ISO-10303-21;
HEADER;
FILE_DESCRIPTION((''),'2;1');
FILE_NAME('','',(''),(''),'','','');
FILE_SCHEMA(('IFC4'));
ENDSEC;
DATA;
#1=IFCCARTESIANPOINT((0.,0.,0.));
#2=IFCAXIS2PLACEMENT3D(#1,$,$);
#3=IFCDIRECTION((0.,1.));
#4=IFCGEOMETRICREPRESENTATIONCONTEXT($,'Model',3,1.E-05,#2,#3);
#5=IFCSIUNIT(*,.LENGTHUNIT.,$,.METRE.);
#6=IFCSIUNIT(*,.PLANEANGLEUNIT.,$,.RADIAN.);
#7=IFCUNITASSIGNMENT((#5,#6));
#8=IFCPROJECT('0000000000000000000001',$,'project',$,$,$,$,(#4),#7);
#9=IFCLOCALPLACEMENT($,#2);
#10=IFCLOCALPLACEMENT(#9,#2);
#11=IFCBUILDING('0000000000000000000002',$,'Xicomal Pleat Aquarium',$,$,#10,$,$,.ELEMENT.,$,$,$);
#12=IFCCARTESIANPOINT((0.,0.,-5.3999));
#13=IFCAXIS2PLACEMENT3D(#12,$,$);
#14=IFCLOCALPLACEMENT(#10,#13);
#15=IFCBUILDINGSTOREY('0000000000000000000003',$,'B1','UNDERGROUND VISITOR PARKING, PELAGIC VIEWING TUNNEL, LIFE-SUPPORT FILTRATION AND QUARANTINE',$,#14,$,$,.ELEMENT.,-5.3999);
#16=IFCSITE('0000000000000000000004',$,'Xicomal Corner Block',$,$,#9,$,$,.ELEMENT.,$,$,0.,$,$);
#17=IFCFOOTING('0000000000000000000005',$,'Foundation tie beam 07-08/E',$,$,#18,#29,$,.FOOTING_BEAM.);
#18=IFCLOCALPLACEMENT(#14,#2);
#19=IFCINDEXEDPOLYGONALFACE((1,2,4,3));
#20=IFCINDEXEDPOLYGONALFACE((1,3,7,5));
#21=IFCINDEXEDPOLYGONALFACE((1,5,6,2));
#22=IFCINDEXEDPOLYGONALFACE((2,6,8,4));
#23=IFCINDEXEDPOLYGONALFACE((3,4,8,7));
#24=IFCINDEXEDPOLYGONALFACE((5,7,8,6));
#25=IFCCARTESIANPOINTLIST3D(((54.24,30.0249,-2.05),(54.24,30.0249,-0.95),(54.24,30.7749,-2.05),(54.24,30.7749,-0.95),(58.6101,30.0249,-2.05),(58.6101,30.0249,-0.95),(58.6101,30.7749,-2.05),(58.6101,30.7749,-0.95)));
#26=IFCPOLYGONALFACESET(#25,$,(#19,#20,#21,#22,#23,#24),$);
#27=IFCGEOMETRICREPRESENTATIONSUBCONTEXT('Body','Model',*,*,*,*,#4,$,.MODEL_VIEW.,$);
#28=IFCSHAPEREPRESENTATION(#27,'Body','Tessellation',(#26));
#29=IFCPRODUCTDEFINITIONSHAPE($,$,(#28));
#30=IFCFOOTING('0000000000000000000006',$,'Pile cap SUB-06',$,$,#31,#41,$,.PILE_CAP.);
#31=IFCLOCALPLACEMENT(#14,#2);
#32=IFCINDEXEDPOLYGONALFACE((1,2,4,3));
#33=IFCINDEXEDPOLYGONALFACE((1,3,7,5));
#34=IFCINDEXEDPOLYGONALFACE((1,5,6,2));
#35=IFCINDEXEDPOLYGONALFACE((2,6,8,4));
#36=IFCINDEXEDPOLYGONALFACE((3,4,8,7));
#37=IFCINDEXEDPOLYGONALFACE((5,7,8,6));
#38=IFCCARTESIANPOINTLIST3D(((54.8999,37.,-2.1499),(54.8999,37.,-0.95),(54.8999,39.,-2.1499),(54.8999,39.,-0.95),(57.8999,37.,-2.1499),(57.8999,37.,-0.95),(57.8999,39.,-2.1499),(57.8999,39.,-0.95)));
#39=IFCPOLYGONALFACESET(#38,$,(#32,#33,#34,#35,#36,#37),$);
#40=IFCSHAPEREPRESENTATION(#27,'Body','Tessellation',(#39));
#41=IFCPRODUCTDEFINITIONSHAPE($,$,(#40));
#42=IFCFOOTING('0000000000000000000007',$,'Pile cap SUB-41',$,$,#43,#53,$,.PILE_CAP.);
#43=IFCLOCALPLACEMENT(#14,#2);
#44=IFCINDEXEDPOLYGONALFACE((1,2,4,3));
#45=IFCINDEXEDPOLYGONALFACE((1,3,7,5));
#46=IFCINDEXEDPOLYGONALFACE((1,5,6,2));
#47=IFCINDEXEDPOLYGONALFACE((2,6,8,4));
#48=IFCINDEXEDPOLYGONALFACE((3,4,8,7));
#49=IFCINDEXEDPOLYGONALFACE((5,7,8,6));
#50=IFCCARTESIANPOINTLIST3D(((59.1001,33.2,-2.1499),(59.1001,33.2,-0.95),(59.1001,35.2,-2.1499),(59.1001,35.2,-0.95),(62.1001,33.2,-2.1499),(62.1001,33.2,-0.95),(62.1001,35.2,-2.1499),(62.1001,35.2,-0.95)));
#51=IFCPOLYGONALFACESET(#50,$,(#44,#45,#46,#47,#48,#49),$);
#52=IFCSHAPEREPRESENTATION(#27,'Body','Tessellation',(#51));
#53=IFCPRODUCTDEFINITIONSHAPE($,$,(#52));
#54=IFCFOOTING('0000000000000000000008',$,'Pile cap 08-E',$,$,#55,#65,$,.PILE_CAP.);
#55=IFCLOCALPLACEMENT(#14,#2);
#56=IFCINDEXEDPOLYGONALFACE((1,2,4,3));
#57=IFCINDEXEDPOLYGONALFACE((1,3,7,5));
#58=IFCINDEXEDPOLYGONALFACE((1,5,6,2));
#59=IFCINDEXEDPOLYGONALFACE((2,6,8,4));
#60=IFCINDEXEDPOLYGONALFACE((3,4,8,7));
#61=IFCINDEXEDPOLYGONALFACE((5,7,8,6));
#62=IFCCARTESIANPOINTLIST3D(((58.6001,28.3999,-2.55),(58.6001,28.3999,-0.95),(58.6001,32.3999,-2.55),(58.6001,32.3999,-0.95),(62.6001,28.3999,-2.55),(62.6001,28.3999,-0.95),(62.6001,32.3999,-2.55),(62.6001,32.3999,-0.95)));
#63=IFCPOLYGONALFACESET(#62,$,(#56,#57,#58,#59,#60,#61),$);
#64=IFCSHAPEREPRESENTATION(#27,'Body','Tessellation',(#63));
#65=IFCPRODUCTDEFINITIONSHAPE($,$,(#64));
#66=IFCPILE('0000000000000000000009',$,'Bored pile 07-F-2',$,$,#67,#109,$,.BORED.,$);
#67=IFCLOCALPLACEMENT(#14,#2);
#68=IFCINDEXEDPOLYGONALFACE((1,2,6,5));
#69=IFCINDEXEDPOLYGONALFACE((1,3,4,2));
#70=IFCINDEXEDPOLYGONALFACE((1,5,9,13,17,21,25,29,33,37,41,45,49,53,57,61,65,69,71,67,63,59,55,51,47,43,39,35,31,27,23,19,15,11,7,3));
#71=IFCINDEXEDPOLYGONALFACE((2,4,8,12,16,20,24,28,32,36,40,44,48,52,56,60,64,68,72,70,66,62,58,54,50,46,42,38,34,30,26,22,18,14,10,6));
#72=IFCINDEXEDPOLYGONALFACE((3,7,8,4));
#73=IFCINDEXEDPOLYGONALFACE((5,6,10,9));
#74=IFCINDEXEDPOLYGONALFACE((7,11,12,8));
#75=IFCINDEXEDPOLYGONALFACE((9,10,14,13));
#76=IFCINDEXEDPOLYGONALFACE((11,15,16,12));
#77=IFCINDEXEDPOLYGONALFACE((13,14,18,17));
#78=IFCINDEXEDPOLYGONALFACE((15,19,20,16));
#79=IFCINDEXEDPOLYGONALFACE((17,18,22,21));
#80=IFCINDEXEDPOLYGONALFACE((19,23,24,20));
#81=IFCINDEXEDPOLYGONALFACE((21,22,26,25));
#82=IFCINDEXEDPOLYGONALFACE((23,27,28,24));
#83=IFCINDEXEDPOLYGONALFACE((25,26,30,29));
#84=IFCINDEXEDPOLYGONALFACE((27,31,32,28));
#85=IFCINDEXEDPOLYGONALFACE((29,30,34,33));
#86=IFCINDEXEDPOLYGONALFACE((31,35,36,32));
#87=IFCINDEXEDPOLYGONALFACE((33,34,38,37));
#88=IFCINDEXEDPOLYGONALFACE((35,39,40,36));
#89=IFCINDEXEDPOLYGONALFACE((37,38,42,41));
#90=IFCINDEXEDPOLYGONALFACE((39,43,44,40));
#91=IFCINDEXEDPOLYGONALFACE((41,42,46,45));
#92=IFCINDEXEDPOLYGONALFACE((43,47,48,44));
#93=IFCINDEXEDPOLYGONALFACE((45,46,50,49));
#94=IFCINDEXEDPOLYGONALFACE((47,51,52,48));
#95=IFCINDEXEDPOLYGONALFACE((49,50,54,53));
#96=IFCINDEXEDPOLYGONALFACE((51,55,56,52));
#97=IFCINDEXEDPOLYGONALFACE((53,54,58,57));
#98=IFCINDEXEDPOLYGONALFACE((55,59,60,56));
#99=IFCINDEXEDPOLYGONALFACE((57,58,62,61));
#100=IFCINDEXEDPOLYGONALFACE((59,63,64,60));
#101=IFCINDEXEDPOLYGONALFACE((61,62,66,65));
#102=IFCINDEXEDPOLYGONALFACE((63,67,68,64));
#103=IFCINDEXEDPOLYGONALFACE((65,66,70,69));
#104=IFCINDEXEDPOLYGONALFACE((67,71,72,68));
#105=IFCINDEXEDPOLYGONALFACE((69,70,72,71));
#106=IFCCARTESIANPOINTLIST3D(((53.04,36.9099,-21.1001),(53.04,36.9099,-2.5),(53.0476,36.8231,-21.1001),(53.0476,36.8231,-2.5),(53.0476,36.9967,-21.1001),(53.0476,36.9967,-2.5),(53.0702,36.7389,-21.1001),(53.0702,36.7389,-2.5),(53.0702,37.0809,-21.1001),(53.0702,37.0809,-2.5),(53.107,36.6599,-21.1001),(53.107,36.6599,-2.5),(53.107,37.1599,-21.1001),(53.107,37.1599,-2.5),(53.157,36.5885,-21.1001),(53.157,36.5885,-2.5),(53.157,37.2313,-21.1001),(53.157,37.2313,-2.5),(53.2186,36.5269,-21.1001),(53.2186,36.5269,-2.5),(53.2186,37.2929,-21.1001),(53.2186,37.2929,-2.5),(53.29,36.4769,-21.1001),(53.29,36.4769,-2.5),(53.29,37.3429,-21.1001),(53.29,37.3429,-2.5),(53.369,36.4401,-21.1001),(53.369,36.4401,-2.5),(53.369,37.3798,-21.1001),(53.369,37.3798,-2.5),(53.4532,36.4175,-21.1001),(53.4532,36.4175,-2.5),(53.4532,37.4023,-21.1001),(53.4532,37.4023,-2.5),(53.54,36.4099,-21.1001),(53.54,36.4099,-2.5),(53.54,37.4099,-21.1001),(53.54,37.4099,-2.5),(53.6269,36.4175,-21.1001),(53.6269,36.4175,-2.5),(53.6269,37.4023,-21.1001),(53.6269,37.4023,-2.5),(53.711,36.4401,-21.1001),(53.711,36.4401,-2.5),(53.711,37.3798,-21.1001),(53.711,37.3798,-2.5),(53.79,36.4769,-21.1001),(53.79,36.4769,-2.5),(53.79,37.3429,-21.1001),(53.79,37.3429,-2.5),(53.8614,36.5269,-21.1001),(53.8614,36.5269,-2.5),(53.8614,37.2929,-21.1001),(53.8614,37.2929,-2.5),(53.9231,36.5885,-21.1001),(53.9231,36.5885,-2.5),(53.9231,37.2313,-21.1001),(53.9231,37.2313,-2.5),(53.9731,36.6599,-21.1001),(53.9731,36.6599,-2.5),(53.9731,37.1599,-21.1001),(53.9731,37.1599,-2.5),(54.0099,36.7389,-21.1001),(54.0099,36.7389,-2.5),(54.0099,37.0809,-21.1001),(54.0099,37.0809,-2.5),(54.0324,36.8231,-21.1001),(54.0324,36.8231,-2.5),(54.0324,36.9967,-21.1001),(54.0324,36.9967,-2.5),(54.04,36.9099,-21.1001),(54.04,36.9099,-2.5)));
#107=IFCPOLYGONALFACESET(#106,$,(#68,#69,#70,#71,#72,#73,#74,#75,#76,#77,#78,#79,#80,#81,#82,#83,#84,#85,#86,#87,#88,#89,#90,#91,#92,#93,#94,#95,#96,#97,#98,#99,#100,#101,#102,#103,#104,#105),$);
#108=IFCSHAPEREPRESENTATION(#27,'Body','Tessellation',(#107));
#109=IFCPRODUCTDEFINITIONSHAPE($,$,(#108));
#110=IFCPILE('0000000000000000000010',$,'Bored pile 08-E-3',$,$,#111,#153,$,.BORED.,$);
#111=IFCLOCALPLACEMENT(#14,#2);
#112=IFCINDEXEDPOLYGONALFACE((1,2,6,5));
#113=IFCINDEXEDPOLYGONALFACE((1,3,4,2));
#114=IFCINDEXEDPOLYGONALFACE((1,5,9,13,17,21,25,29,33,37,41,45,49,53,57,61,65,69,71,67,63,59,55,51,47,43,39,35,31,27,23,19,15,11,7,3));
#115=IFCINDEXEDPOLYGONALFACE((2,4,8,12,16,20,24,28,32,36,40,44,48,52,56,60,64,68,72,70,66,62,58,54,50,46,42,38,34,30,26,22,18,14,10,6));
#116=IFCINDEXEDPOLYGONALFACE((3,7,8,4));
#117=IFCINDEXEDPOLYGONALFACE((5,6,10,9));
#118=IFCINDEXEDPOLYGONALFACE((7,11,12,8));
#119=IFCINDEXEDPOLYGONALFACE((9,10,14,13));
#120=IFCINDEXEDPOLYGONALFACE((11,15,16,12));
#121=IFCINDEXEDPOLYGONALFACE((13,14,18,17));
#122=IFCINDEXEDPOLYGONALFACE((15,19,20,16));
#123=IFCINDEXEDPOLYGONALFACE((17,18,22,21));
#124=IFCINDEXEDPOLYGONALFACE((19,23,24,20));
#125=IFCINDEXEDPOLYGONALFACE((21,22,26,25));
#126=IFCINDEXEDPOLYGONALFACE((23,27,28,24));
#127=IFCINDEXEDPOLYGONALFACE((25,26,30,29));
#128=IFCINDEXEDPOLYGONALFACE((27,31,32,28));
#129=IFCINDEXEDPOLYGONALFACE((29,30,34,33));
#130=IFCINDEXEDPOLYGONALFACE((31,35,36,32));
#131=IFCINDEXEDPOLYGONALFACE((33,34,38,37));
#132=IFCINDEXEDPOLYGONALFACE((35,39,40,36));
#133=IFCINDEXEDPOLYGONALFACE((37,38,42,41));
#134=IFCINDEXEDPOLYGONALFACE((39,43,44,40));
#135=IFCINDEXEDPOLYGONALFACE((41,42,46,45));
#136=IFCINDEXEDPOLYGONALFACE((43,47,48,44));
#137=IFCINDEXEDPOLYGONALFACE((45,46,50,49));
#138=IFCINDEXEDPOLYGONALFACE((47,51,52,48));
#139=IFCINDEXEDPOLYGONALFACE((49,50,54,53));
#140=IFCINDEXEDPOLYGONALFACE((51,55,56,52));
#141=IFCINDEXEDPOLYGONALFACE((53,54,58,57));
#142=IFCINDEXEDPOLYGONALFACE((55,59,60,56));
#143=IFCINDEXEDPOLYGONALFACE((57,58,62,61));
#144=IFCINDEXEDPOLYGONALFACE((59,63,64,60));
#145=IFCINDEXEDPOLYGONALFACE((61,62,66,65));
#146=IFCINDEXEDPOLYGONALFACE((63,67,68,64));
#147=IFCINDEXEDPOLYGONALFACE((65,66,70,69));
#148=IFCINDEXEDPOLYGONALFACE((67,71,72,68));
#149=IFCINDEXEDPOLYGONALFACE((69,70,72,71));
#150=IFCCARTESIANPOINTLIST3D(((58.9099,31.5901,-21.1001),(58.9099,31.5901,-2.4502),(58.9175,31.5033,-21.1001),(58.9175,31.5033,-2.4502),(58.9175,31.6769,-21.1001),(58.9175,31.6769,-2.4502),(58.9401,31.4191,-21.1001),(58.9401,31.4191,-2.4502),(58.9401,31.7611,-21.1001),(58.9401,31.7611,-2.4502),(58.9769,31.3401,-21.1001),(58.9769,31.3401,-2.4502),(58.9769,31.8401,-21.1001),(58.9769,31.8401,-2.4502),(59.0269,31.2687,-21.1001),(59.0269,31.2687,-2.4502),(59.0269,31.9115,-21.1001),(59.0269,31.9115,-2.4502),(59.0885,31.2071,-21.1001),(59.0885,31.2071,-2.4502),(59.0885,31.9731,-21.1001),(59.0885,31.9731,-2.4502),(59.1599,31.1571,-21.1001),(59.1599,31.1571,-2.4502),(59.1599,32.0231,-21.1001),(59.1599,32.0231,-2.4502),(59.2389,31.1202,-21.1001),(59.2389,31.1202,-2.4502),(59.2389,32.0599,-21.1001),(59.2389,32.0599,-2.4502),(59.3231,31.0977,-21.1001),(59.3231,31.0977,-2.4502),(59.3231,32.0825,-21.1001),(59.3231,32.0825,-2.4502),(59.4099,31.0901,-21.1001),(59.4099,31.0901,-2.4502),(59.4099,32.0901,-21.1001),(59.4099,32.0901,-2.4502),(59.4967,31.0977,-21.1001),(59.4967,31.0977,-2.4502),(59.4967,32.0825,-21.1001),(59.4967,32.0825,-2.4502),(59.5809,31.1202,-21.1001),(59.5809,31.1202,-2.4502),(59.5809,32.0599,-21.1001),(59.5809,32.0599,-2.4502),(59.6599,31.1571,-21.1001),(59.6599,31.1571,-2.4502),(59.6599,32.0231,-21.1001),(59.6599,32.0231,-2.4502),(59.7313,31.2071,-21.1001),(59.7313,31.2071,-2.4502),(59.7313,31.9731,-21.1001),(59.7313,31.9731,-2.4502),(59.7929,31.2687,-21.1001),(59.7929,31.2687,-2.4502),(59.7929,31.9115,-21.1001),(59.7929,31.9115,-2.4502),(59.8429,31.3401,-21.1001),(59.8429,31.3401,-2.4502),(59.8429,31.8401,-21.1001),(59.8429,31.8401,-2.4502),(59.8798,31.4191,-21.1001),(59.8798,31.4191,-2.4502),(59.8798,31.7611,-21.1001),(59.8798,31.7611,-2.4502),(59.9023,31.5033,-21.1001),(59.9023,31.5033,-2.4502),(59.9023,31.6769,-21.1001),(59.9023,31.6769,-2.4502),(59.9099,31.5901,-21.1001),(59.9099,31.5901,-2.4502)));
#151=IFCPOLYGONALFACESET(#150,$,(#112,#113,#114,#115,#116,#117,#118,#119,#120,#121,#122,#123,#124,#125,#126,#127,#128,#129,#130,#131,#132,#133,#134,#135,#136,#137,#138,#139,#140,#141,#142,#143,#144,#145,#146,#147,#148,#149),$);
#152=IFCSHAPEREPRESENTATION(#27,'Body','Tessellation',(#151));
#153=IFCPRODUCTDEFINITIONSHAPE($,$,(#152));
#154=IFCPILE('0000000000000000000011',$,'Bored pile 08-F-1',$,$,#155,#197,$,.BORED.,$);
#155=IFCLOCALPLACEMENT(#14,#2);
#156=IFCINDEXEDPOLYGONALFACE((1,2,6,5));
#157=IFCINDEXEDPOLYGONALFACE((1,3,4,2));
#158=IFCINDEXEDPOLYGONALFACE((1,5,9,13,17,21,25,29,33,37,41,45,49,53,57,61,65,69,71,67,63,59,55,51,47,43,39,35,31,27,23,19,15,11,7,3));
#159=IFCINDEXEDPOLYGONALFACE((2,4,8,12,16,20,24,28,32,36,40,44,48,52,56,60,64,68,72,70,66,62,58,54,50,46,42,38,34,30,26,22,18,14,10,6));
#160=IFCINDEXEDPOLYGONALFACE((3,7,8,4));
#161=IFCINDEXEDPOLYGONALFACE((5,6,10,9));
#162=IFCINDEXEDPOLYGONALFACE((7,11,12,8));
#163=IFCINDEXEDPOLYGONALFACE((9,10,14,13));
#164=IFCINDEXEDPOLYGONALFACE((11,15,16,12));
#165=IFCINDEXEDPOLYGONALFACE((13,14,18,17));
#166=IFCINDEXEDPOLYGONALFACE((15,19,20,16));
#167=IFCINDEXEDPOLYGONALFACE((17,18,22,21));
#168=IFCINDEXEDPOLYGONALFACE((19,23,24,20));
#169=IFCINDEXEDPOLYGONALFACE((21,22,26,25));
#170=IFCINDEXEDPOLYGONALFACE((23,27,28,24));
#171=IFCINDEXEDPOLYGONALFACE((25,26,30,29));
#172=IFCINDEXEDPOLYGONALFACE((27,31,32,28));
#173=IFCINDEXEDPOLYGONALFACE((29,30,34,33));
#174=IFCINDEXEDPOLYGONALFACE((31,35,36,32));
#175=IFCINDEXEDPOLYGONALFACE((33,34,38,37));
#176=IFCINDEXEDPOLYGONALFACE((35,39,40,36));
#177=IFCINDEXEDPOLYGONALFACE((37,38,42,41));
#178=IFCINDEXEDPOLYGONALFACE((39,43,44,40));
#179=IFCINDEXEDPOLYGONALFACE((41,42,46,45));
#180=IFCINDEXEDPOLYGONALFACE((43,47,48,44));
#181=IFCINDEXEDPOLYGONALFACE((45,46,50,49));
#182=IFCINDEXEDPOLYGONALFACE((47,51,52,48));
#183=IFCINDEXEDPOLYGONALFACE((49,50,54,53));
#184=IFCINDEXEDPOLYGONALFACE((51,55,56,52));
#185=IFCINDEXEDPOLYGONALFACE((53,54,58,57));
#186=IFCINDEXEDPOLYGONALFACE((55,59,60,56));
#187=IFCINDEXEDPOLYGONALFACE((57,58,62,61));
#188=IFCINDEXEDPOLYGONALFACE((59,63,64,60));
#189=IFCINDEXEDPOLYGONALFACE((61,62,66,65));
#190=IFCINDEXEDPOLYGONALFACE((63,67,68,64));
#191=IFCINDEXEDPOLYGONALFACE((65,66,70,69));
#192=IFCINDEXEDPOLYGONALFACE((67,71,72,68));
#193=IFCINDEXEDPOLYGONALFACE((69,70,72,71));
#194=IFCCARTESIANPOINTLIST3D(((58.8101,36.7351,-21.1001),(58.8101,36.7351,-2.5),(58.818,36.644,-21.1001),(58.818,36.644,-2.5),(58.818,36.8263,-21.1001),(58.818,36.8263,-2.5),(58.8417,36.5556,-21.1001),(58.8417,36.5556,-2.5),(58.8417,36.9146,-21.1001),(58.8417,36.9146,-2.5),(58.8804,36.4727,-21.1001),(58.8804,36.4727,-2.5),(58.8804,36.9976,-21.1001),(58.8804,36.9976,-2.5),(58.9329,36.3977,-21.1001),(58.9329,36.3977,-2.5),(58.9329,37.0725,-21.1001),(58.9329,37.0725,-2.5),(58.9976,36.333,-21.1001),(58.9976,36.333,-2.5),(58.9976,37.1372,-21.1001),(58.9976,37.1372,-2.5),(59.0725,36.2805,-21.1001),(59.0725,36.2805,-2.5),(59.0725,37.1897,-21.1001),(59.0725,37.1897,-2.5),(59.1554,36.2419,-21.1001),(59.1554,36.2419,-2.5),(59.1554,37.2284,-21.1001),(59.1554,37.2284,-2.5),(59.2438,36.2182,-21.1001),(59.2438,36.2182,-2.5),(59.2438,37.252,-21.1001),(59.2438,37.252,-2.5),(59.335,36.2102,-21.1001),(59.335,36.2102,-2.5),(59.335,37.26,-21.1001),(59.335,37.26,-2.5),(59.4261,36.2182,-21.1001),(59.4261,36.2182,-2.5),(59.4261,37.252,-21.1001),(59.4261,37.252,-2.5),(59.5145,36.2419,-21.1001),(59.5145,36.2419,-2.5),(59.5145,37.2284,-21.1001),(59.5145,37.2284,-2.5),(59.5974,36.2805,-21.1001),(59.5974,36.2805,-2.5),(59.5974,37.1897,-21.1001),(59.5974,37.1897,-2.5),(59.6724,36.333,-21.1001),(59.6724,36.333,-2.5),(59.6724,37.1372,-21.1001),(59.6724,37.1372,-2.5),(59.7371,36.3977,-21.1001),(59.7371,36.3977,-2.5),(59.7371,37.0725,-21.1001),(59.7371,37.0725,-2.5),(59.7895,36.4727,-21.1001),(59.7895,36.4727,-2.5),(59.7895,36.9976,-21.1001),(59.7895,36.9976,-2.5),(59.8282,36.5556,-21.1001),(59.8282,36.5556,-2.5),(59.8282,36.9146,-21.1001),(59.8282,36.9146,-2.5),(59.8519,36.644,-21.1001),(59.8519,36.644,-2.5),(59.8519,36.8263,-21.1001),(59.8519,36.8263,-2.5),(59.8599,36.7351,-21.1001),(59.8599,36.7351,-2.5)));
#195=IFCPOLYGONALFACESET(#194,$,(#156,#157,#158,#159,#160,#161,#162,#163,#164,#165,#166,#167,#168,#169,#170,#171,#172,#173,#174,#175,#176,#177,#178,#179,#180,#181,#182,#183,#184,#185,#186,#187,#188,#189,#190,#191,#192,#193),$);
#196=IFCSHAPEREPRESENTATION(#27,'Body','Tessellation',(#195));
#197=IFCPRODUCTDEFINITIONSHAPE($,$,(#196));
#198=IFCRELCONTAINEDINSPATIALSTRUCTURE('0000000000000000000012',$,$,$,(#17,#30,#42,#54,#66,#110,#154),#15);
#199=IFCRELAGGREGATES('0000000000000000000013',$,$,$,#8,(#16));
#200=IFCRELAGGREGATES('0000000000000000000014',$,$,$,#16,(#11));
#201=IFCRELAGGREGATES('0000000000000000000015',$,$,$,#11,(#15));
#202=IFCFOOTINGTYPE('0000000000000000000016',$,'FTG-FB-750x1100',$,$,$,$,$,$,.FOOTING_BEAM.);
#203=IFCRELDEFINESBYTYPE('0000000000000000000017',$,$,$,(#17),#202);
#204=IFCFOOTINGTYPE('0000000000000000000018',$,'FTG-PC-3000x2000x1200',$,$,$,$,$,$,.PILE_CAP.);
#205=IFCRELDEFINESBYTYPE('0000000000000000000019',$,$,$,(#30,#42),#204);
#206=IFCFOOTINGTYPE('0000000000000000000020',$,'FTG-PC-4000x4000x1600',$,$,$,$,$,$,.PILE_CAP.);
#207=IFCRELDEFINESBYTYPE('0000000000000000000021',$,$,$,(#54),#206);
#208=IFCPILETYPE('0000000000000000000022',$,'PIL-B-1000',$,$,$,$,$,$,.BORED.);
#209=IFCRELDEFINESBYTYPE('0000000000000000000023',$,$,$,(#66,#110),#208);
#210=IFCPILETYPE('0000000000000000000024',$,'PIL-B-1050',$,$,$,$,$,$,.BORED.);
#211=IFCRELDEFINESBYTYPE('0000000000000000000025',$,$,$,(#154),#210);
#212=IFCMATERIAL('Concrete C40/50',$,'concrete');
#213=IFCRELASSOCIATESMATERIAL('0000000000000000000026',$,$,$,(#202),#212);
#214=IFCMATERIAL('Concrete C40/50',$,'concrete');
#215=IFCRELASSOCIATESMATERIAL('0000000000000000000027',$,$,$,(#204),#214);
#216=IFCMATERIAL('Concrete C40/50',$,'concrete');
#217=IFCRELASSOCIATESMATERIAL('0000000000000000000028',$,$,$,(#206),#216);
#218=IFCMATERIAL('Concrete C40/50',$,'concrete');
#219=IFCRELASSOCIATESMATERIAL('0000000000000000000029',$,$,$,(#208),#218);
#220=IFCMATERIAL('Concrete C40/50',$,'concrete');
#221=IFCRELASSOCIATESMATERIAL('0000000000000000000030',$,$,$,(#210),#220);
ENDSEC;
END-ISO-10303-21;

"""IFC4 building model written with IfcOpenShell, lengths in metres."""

from ifc_helpers import new_model, si_unit, direction, frame, origin, origin_2d, place, context, subcontext, project, spatial, rectangle, circle, extrude, material, material_profile, profile_set, type_object, element, save


model = new_model("IFC4")

# Units and contexts
model_context = context("Model", 3, precision=1e-05, world=origin(), true_north=direction((0.0, 1.0)))
body_context = subcontext(model_context, "Body", "Model", "MODEL_VIEW")
ifc_project = project(units=[si_unit("LENGTHUNIT", "METRE"), si_unit("PLANEANGLEUNIT", "RADIAN")], contexts=[model_context])

# Site, building, storey
site_placement = place(None, origin())
site = spatial("IfcSite", under=ifc_project, at=site_placement, Name="Xicomal Corner Block", CompositionType="ELEMENT", RefElevation=0.0)
building_placement = place(site_placement, origin())
building = spatial("IfcBuilding", under=site, at=building_placement, Name="Xicomal Pleat Aquarium", CompositionType="ELEMENT")
storey_placement = place(building_placement, frame((0.0, 0.0, -5.3999)))
storey = spatial("IfcBuildingStorey", under=building, at=storey_placement, Name="B1", Description="UNDERGROUND VISITOR PARKING, PELAGIC VIEWING TUNNEL, LIFE-SUPPORT FILTRATION AND QUARANTINE", CompositionType="ELEMENT", Elevation=-5.3999)

# Footings
ifc_material_1 = material(Name="Concrete C40/50", Category="concrete")
ifc_material_profile_1 = material_profile(ifc_material_1, rectangle(XDim=0.75, YDim=1.1001, at=origin_2d()), Name="FB-04 750x1100")
ifc_profile_set_1 = profile_set([ifc_material_profile_1], Name="Concrete C40/50")
footing_type_1 = type_object("IfcFootingType", Name="FTG-FB-750x1100", PredefinedType="FOOTING_BEAM", material=ifc_profile_set_1)
footing_1_placement = place(storey_placement, frame((54.24, 30.3999, -1.5), z_axis=(1.0, 0.0, 0.0), x_axis=(0.0, 1.0, 0.0)))
element("IfcFooting", 1, at=footing_1_placement, inside=storey, type_object=footing_type_1, Name="Foundation tie beam 07-08/E", PredefinedType="FOOTING_BEAM", context=body_context, shape_type="SweptSolid", body=[
    extrude(rectangle(XDim=0.75, YDim=1.1001, at=origin_2d()), origin(), (0.0, 0.0, 1.0), 4.3701),
])
ifc_material_2 = material(Name="Concrete C40/50", Category="concrete")
footing_type_2 = type_object("IfcFootingType", Name="FTG-PC-3000x2000x1200", PredefinedType="PILE_CAP", material=ifc_material_2)
for number, where, z_axis, x_axis, name in (
    (2, (56.3999, 38.0, -2.1499), (0.0, 0.0, 1.0), (1.0, 0.0, 0.0), "Pile cap SUB-06"),
    (3, (60.6001, 34.2, -2.1499), (0.0, 0.0, 1.0), (1.0, 0.0, 0.0), "Pile cap SUB-41"),
):
    element("IfcFooting", number, at=place(storey_placement, frame(where, z_axis=z_axis, x_axis=x_axis)), inside=storey, type_object=footing_type_2, Name=name, PredefinedType="PILE_CAP", context=body_context, shape_type="SweptSolid", body=[
        extrude(rectangle(XDim=3.0, YDim=2.0, at=origin_2d()), origin(), (0.0, 0.0, 1.0), 1.2),
    ])
ifc_material_3 = material(Name="Concrete C40/50", Category="concrete")
footing_type_3 = type_object("IfcFootingType", Name="FTG-PC-4000x4000x1600", PredefinedType="PILE_CAP", material=ifc_material_3)
footing_2_placement = place(storey_placement, frame((60.6001, 30.3999, -2.55), z_axis=(0.0, 0.0, 1.0), x_axis=(1.0, 0.0, 0.0)))
element("IfcFooting", 4, at=footing_2_placement, inside=storey, type_object=footing_type_3, Name="Pile cap 08-E", PredefinedType="PILE_CAP", context=body_context, shape_type="SweptSolid", body=[
    extrude(rectangle(XDim=4.0, YDim=4.0, at=origin_2d()), origin(), (0.0, 0.0, 1.0), 1.6001),
])

# Piles
ifc_material_4 = material(Name="Concrete C40/50", Category="concrete")
ifc_material_profile_2 = material_profile(ifc_material_4, circle(Radius=0.5, at=origin_2d()), Name="BORED PILE D1000")
ifc_profile_set_2 = profile_set([ifc_material_profile_2], Name="Concrete C40/50")
pile_type_1 = type_object("IfcPileType", Name="PIL-B-1000", PredefinedType="BORED", material=ifc_profile_set_2)
pile_1_placement = place(storey_placement, frame((53.54, 36.9099, -2.5), z_axis=(0.0, 0.0, -1.0), x_axis=(1.0, 0.0, 0.0)))
element("IfcPile", 5, at=pile_1_placement, inside=storey, type_object=pile_type_1, Name="Bored pile 07-F-2", PredefinedType="BORED", context=body_context, shape_type="SweptSolid", body=[
    extrude(circle(Radius=0.5, at=origin_2d()), origin(), (0.0, 0.0, 1.0), 18.6001),
])
pile_2_placement = place(storey_placement, frame((59.4099, 31.5901, -2.4502), z_axis=(0.0, 0.0, -1.0), x_axis=(1.0, 0.0, 0.0)))
element("IfcPile", 6, at=pile_2_placement, inside=storey, type_object=pile_type_1, Name="Bored pile 08-E-3", PredefinedType="BORED", context=body_context, shape_type="SweptSolid", body=[
    extrude(circle(Radius=0.5, at=origin_2d()), origin(), (0.0, 0.0, 1.0), 18.6499),
])
ifc_material_5 = material(Name="Concrete C40/50", Category="concrete")
ifc_material_profile_3 = material_profile(ifc_material_5, circle(Radius=0.5249, at=origin_2d()), Name="BORED PILE D1050")
ifc_profile_set_3 = profile_set([ifc_material_profile_3], Name="Concrete C40/50")
pile_type_2 = type_object("IfcPileType", Name="PIL-B-1050", PredefinedType="BORED", material=ifc_profile_set_3)
pile_3_placement = place(storey_placement, frame((59.335, 36.7351, -2.5), z_axis=(0.0, 0.0, -1.0), x_axis=(1.0, 0.0, 0.0)))
element("IfcPile", 7, at=pile_3_placement, inside=storey, type_object=pile_type_2, Name="Bored pile 08-F-1", PredefinedType="BORED", context=body_context, shape_type="SweptSolid", body=[
    extrude(circle(Radius=0.5249, at=origin_2d()), origin(), (0.0, 0.0, 1.0), 18.6001),
])

save(model, "model.ifc")
